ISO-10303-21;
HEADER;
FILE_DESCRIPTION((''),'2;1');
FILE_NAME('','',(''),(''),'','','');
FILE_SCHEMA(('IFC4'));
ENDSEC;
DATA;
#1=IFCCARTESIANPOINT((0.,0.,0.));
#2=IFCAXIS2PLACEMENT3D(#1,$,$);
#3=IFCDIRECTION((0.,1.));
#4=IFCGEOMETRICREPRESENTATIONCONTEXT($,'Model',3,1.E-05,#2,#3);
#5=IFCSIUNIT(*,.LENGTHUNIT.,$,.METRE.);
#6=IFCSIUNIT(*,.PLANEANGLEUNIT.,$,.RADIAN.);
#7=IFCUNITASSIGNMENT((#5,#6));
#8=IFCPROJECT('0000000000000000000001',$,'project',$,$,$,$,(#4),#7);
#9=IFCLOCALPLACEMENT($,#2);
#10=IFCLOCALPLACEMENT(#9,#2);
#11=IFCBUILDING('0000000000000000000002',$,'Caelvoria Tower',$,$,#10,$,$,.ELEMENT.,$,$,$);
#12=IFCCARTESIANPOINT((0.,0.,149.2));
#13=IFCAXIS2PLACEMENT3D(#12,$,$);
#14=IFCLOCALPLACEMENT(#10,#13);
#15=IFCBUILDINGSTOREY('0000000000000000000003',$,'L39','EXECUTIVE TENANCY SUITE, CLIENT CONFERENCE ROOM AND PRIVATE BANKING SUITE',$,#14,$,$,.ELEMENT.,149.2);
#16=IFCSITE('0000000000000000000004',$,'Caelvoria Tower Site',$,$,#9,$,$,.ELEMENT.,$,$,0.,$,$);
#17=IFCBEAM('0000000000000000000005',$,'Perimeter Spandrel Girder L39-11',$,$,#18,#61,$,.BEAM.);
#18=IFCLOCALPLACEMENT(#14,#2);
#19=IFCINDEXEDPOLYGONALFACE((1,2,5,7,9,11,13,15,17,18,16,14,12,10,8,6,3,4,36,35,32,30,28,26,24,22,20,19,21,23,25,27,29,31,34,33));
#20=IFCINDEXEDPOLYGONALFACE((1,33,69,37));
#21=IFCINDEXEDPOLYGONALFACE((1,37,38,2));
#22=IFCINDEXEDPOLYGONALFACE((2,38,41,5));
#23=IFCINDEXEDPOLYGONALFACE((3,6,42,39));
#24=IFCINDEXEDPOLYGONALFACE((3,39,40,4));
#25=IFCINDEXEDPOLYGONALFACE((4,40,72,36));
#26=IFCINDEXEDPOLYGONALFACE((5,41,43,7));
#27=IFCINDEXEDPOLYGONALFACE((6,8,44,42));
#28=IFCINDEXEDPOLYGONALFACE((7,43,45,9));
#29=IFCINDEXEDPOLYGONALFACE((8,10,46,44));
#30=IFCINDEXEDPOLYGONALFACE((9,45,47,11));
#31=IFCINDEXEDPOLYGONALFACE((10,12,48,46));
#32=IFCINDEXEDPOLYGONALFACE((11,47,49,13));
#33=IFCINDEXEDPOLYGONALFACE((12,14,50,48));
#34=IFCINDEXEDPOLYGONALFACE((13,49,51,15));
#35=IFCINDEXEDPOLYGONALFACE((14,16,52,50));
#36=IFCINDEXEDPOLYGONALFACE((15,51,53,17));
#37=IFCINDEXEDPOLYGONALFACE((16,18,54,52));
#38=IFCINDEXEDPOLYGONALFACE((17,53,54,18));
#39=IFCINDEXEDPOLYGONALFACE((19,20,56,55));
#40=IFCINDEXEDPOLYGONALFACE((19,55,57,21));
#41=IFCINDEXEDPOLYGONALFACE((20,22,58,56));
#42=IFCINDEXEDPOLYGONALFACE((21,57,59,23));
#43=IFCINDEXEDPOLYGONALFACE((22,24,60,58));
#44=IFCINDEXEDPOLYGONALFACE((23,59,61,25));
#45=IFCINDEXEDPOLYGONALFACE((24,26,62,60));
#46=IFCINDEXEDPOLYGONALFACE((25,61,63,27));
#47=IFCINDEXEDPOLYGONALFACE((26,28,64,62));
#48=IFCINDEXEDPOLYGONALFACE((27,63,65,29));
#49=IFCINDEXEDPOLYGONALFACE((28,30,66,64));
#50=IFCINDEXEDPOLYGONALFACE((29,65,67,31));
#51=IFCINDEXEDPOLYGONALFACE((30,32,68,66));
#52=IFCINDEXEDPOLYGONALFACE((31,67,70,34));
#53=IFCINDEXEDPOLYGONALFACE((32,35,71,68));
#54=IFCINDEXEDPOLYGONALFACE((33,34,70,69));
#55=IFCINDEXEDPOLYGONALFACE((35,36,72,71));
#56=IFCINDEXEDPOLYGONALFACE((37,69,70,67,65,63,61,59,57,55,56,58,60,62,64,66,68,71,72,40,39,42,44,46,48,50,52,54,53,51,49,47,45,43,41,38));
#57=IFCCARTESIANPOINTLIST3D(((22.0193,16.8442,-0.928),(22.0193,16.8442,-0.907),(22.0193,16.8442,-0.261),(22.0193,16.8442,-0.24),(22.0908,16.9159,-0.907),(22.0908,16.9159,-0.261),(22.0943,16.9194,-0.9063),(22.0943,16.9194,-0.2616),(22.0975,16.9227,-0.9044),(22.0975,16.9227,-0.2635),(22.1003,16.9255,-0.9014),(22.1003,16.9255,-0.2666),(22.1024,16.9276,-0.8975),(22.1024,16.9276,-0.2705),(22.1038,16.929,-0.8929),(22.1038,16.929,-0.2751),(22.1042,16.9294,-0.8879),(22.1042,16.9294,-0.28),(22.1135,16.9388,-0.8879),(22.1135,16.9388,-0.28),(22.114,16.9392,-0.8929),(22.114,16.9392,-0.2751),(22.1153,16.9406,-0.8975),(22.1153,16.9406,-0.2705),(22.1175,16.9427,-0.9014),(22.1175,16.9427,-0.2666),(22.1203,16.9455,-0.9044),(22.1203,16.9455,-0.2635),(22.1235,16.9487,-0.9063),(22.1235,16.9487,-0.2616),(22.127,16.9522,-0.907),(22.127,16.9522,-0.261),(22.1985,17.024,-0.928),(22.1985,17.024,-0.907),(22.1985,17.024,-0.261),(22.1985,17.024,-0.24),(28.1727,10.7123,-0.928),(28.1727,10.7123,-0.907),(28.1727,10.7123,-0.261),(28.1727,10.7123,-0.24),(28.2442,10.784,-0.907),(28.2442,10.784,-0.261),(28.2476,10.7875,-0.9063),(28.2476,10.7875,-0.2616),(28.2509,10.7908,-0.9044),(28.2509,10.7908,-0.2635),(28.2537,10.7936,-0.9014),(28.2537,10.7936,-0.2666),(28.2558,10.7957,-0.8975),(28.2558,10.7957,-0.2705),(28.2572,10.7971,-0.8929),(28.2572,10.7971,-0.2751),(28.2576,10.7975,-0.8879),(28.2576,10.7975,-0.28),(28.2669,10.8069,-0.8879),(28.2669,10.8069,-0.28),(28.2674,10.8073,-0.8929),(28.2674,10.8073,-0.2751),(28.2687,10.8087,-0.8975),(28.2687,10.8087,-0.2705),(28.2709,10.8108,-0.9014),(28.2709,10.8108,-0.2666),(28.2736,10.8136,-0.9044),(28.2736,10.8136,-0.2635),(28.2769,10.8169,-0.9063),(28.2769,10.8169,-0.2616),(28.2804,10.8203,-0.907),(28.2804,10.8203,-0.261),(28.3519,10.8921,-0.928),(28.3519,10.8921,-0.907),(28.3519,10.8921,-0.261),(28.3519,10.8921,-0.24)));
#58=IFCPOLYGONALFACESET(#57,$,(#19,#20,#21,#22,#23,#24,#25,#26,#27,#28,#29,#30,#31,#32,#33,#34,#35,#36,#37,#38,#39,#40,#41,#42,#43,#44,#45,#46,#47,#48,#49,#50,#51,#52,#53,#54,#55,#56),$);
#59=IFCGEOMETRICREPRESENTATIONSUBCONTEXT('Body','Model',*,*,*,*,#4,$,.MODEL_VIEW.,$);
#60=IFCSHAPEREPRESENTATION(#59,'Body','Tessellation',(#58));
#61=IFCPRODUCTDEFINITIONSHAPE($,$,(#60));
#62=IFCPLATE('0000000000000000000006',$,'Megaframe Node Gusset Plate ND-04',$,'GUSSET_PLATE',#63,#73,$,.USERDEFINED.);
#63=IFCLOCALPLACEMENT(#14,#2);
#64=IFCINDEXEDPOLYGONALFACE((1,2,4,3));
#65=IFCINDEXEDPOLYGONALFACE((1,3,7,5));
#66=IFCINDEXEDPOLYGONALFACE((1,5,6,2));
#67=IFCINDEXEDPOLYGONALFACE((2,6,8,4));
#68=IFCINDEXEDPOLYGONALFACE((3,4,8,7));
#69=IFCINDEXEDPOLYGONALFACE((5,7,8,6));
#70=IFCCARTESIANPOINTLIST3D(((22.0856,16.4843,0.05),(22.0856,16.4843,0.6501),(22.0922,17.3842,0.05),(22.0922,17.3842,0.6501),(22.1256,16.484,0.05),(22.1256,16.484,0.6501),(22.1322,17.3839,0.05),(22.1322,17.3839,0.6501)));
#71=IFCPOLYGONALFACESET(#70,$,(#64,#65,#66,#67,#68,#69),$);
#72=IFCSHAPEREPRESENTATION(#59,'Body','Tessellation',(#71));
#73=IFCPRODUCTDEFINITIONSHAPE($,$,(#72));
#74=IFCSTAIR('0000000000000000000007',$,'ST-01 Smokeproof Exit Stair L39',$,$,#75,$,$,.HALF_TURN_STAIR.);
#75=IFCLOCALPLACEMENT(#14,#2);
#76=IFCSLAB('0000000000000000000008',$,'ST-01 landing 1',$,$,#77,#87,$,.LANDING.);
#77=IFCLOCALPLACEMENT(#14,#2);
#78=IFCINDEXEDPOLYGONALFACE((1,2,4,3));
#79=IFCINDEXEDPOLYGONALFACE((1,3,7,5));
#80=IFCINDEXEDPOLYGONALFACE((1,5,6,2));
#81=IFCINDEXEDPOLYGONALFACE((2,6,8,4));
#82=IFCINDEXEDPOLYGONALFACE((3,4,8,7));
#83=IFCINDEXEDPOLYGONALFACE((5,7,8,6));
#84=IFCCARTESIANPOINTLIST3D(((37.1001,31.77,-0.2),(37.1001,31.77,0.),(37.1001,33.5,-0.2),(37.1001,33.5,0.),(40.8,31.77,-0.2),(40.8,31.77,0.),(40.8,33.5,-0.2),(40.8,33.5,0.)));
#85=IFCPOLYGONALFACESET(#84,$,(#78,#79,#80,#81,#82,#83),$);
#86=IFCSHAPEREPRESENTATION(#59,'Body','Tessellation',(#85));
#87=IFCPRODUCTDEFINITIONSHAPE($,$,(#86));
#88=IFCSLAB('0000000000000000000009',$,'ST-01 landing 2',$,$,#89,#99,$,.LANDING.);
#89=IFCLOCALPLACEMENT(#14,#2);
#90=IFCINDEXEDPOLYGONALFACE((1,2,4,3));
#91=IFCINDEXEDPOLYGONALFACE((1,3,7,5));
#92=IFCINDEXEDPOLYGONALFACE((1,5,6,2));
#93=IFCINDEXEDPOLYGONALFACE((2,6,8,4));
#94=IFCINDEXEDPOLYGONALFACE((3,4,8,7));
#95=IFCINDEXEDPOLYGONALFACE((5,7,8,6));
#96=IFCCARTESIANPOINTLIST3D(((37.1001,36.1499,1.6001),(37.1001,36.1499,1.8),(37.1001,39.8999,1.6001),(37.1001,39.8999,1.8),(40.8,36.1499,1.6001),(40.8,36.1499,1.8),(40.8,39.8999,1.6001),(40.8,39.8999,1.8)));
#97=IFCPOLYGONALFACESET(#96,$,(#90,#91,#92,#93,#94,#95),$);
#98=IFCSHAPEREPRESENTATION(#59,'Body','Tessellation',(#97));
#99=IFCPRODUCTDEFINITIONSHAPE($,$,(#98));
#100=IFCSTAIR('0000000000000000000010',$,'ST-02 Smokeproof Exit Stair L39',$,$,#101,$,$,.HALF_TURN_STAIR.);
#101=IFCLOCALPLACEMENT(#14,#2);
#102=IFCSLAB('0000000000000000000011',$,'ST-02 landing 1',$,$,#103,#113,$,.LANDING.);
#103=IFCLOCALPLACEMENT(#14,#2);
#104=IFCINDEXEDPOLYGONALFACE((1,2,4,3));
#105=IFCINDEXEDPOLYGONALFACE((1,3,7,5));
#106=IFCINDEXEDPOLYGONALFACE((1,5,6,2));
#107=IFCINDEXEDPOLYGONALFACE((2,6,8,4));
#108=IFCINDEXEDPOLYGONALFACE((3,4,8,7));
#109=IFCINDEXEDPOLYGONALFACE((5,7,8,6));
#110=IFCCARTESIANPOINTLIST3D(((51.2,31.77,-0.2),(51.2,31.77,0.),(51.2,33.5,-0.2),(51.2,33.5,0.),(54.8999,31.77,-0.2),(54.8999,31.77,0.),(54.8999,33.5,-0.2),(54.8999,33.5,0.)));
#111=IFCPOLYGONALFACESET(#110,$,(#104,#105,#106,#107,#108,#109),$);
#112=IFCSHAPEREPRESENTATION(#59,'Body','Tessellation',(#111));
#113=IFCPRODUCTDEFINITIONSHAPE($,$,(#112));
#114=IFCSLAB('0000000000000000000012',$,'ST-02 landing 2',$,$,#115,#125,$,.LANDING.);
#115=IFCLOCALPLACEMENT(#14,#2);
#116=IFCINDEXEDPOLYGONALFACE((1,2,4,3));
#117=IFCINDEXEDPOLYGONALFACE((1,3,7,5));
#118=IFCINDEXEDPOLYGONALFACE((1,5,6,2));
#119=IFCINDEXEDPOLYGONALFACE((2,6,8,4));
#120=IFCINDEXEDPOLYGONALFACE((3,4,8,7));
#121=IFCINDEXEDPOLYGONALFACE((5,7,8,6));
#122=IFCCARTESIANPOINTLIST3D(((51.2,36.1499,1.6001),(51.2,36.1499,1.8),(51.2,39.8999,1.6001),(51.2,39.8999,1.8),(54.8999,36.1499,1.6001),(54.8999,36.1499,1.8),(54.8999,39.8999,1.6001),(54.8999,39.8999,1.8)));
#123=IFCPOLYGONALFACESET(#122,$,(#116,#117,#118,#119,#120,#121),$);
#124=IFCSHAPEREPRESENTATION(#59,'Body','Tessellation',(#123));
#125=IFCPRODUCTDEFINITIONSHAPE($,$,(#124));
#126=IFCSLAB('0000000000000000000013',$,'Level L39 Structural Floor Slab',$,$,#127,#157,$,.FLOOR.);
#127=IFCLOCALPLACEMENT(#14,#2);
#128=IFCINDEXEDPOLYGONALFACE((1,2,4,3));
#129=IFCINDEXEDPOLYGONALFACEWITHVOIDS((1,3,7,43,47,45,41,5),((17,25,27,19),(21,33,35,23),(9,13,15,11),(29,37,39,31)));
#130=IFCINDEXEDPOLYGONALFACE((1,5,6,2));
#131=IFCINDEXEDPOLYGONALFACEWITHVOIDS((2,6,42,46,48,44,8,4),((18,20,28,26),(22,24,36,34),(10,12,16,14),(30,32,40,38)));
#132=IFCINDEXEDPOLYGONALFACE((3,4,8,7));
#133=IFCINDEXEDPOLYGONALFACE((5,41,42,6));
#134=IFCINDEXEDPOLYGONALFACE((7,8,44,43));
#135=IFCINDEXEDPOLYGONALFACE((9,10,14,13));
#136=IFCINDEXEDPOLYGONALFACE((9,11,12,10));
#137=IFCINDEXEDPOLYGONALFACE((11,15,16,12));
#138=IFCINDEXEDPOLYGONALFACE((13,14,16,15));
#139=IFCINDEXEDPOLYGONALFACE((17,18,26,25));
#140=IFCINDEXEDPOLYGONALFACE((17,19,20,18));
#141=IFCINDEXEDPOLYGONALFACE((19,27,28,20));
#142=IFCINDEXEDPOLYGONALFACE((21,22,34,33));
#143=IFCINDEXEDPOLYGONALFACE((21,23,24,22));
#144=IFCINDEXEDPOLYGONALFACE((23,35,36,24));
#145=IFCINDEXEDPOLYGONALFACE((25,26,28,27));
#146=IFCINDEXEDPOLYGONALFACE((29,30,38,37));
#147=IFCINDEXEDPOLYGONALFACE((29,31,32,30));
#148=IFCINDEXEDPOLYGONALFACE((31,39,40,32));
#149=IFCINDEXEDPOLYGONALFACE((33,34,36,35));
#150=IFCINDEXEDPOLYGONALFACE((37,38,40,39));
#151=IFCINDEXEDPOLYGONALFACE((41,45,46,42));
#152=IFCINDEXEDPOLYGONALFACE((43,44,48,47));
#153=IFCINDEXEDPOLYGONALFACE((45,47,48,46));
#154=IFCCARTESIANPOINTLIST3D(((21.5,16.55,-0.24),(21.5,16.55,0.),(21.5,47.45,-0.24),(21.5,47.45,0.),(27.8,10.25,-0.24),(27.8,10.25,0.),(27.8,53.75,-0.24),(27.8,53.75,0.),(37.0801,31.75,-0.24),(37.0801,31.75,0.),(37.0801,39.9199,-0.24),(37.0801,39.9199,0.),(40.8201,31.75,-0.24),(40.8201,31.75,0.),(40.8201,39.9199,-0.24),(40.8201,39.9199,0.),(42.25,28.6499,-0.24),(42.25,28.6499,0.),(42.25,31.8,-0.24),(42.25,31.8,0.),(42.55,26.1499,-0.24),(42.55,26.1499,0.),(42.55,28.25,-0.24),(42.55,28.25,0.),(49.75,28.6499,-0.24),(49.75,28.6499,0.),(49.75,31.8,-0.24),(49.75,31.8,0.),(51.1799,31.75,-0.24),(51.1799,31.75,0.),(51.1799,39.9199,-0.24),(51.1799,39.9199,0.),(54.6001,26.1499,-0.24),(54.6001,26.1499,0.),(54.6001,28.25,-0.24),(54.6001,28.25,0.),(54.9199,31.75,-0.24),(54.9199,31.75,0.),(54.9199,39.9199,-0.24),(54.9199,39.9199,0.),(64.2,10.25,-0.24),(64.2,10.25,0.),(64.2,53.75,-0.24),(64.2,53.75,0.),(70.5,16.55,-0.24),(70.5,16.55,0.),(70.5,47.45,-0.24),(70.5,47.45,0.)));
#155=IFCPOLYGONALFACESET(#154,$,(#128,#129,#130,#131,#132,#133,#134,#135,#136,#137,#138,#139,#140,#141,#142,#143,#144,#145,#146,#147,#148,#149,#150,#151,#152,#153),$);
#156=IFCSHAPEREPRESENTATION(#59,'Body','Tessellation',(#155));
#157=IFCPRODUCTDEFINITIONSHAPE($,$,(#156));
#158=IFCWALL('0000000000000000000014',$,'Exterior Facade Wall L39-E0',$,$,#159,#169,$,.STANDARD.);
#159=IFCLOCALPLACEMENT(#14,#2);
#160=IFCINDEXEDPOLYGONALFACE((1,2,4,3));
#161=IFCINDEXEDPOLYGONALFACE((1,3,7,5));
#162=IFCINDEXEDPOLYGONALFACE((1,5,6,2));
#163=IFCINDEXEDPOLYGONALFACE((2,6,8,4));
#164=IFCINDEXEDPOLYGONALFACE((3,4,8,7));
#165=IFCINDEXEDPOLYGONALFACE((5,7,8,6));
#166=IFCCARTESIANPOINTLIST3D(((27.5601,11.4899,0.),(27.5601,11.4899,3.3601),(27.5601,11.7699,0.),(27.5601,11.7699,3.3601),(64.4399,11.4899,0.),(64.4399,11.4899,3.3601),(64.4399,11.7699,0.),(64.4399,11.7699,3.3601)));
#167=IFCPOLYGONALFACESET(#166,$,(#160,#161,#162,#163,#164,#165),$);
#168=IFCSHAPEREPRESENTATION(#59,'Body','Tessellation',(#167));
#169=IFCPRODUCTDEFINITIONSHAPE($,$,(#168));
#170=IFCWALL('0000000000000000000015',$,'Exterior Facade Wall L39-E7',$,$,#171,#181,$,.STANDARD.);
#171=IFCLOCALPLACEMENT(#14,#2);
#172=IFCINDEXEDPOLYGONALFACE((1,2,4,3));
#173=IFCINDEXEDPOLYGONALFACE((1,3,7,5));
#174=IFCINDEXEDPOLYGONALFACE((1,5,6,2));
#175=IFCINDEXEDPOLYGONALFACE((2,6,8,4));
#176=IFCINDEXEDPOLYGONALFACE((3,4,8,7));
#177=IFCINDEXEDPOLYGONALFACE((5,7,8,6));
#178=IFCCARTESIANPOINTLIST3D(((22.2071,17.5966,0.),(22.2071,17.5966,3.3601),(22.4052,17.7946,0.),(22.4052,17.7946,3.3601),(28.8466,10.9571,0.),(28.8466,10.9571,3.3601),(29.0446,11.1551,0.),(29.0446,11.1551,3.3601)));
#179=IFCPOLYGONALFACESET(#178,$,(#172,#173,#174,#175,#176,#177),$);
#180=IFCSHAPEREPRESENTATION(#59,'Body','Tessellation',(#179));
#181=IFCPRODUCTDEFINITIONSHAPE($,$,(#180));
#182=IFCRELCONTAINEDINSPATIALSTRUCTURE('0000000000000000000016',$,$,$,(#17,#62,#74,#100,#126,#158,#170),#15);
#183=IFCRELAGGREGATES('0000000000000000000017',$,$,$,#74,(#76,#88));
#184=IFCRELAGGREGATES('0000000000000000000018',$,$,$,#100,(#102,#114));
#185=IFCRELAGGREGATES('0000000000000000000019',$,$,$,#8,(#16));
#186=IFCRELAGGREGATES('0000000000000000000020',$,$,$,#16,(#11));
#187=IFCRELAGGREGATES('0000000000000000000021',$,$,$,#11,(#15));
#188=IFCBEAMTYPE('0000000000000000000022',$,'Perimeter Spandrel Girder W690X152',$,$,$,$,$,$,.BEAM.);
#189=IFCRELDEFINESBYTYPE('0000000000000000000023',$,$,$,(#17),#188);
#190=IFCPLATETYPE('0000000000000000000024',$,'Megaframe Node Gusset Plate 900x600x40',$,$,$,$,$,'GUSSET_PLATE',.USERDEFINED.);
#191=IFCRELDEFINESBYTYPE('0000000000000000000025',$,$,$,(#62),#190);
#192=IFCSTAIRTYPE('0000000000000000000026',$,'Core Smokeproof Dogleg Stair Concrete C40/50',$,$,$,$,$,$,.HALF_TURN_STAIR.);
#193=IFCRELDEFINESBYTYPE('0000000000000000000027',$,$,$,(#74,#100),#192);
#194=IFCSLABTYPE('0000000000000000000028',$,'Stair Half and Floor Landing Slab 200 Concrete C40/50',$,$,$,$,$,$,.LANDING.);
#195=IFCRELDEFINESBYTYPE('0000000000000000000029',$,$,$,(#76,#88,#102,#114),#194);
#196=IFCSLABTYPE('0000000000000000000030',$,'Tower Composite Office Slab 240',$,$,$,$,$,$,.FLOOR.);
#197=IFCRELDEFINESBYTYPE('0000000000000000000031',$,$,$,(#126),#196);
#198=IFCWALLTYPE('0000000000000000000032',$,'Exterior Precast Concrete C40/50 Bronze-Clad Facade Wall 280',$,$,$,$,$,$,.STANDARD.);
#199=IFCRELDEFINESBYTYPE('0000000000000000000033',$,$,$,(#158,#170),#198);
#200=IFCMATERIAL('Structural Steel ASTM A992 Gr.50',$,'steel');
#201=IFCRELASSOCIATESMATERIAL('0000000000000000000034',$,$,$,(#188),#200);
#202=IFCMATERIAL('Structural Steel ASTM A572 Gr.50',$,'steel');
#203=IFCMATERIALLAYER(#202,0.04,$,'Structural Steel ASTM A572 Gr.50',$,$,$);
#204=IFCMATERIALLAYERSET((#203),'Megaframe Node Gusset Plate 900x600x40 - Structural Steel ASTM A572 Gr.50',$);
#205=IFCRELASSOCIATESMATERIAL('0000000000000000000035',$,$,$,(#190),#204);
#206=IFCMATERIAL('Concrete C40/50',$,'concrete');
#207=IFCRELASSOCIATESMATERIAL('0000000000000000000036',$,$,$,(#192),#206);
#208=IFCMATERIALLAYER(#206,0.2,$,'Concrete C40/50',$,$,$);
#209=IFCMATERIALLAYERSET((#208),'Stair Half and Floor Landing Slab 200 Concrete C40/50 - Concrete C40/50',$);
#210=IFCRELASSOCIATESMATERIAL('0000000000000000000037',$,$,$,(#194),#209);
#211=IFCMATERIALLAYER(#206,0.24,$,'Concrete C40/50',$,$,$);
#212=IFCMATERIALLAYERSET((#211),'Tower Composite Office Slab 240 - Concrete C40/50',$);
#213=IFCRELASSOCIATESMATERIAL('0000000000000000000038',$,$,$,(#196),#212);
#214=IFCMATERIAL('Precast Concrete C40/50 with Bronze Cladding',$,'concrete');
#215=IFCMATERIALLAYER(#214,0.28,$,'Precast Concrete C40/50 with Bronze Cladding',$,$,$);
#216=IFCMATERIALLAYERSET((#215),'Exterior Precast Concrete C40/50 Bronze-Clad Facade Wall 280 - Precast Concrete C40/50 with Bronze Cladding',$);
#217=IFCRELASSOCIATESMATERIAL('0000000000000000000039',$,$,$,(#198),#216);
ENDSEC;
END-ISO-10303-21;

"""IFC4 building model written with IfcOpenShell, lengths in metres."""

from ifc_helpers import new_model, si_unit, direction, frame, frame_2d, origin, origin_2d, place, context, subcontext, project, spatial, polyline, rectangle, i_section, outline, extrude, material, layer, layer_set, material_profile, profile_set, type_object, element, aggregate, save


model = new_model("IFC4")

# Units and contexts
model_context = context("Model", 3, precision=1e-05, world=origin(), true_north=direction((0.0, 1.0)))
body_context = subcontext(model_context, "Body", "Model", "MODEL_VIEW")
ifc_project = project(units=[si_unit("LENGTHUNIT", "METRE"), si_unit("PLANEANGLEUNIT", "RADIAN")], contexts=[model_context])

# Site, building, storey
site_placement = place(None, origin())
site = spatial("IfcSite", under=ifc_project, at=site_placement, Name="Caelvoria Tower Site", CompositionType="ELEMENT", RefElevation=0.0)
building_placement = place(site_placement, origin())
building = spatial("IfcBuilding", under=site, at=building_placement, Name="Caelvoria Tower", CompositionType="ELEMENT")
storey_placement = place(building_placement, frame((0.0, 0.0, 149.2)))
storey = spatial("IfcBuildingStorey", under=building, at=storey_placement, Name="L39", Description="EXECUTIVE TENANCY SUITE, CLIENT CONFERENCE ROOM AND PRIVATE BANKING SUITE", CompositionType="ELEMENT", Elevation=149.2)

# Shared definitions
ifc_material_1 = material(Name="Structural Steel ASTM A572 Gr.50", Category="steel")
ifc_material_2 = material(Name="Structural Steel ASTM A992 Gr.50", Category="steel")

# Beam
ifc_material_profile_1 = material_profile(ifc_material_2, i_section(OverallWidth=0.2539, OverallDepth=0.688, WebThickness=0.0132, FlangeThickness=0.021, FilletRadius=0.019, at=origin_2d()), Name="Structural Steel ASTM A992 Gr.50")
ifc_profile_set_1 = profile_set([ifc_material_profile_1], Name="W690X152 - Structural Steel ASTM A992 Gr.50")
beam_type = type_object("IfcBeamType", Name="Perimeter Spandrel Girder W690X152", PredefinedType="BEAM", material=ifc_profile_set_1)
beam_1_placement = place(storey_placement, frame((22.1089, 16.9341, -0.584), z_axis=(0.708342, -0.705869, 0.0), x_axis=(0.705869, 0.708342, 0.0)))
element("IfcBeam", 1, at=beam_1_placement, inside=storey, type_object=beam_type, Name="Perimeter Spandrel Girder L39-11", PredefinedType="BEAM", context=body_context, shape_type="SweptSolid", body=[
    extrude(i_section(OverallWidth=0.2539, OverallDepth=0.688, WebThickness=0.0132, FlangeThickness=0.021, FilletRadius=0.019, at=origin_2d()), origin(), (0.0, 0.0, 1.0), 8.687),
])

# Plate
ifc_layer_1 = layer(ifc_material_1, 0.04, Name="Structural Steel ASTM A572 Gr.50")
ifc_layer_set_1 = layer_set([ifc_layer_1], Name="Megaframe Node Gusset Plate 900x600x40 - Structural Steel ASTM A572 Gr.50")
plate_type = type_object("IfcPlateType", Name="Megaframe Node Gusset Plate 900x600x40", ElementType="GUSSET_PLATE", PredefinedType="USERDEFINED", material=ifc_layer_set_1)
plate_placement = place(storey_placement, frame((22.1089, 16.9341, 0.05), z_axis=(0.0, 0.0, 1.0), x_axis=(0.007367, 0.999973, 0.0)))
element("IfcPlate", 2, at=plate_placement, inside=storey, type_object=plate_type, Name="Megaframe Node Gusset Plate ND-04", ObjectType="GUSSET_PLATE", PredefinedType="USERDEFINED", context=body_context, shape_type="SweptSolid", body=[
    extrude(rectangle(XDim=0.8999, YDim=0.04, at=origin_2d()), origin(), (0.0, 0.0, 1.0), 0.6001),
])

# Stairs, slabs
ifc_material_3 = material(Name="Concrete C40/50", Category="concrete")
stair_type = type_object("IfcStairType", Name="Core Smokeproof Dogleg Stair Concrete C40/50", PredefinedType="HALF_TURN_STAIR", material=ifc_material_3)
stair_1_placement = place(storey_placement, origin())
stair_1 = element("IfcStair", 3, at=stair_1_placement, inside=storey, type_object=stair_type, Name="ST-01 Smokeproof Exit Stair L39", PredefinedType="HALF_TURN_STAIR")
ifc_layer_2 = layer(ifc_material_3, 0.2, Name="Concrete C40/50")
ifc_layer_set_2 = layer_set([ifc_layer_2], Name="Stair Half and Floor Landing Slab 200 Concrete C40/50 - Concrete C40/50")
slab_type_1 = type_object("IfcSlabType", Name="Stair Half and Floor Landing Slab 200 Concrete C40/50", PredefinedType="LANDING", material=ifc_layer_set_2)
slab_1_placement = place(storey_placement, frame((0.0, 0.0, -0.2)))
slab_1 = element("IfcSlab", 4, at=slab_1_placement, type_object=slab_type_1, Name="ST-01 landing 1", PredefinedType="LANDING", context=body_context, shape_type="SweptSolid", body=[
    extrude(outline(polyline([(37.1001, 31.77), (40.8, 31.77), (40.8, 33.5), (37.1001, 33.5), (37.1001, 31.77)])), origin(), (0.0, 0.0, 1.0), 0.2),
])
slab_2_placement = place(storey_placement, frame((0.0, 0.0, 1.6001)))
slab_2 = element("IfcSlab", 5, at=slab_2_placement, type_object=slab_type_1, Name="ST-01 landing 2", PredefinedType="LANDING", context=body_context, shape_type="SweptSolid", body=[
    extrude(outline(polyline([(37.1001, 36.1499), (40.8, 36.1499), (40.8, 39.8999), (37.1001, 39.8999), (37.1001, 36.1499)])), origin(), (0.0, 0.0, 1.0), 0.2),
])
aggregate(stair_1, [slab_1, slab_2])
stair_2_placement = place(storey_placement, origin())
stair_2 = element("IfcStair", 6, at=stair_2_placement, inside=storey, type_object=stair_type, Name="ST-02 Smokeproof Exit Stair L39", PredefinedType="HALF_TURN_STAIR")
slab_3_placement = place(storey_placement, frame((0.0, 0.0, -0.2)))
slab_3 = element("IfcSlab", 7, at=slab_3_placement, type_object=slab_type_1, Name="ST-02 landing 1", PredefinedType="LANDING", context=body_context, shape_type="SweptSolid", body=[
    extrude(outline(polyline([(51.2, 31.77), (54.8999, 31.77), (54.8999, 33.5), (51.2, 33.5), (51.2, 31.77)])), origin(), (0.0, 0.0, 1.0), 0.2),
])
slab_4_placement = place(storey_placement, frame((0.0, 0.0, 1.6001)))
slab_4 = element("IfcSlab", 8, at=slab_4_placement, type_object=slab_type_1, Name="ST-02 landing 2", PredefinedType="LANDING", context=body_context, shape_type="SweptSolid", body=[
    extrude(outline(polyline([(51.2, 36.1499), (54.8999, 36.1499), (54.8999, 39.8999), (51.2, 39.8999), (51.2, 36.1499)])), origin(), (0.0, 0.0, 1.0), 0.2),
])
aggregate(stair_2, [slab_3, slab_4])

# Slab
ifc_layer_3 = layer(ifc_material_3, 0.24, Name="Concrete C40/50")
ifc_layer_set_3 = layer_set([ifc_layer_3], Name="Tower Composite Office Slab 240 - Concrete C40/50")
slab_type_2 = type_object("IfcSlabType", Name="Tower Composite Office Slab 240", PredefinedType="FLOOR", material=ifc_layer_set_3)
slab_5_placement = place(storey_placement, frame((0.0, 0.0, -0.24)))
element("IfcSlab", 9, at=slab_5_placement, inside=storey, type_object=slab_type_2, Name="Level L39 Structural Floor Slab", PredefinedType="FLOOR", context=body_context, shape_type="SweptSolid", body=[
    extrude(outline(polyline([(27.8, 10.25), (64.2, 10.25), (70.5, 16.55), (70.5, 47.45), (64.2, 53.75), (27.8, 53.75), (21.5, 47.45), (21.5, 16.55), (27.8, 10.25)]), holes=[polyline([(37.0801, 31.75), (40.8201, 31.75), (40.8201, 39.9199), (37.0801, 39.9199), (37.0801, 31.75)]), polyline([(51.1799, 31.75), (54.9199, 31.75), (54.9199, 39.9199), (51.1799, 39.9199), (51.1799, 31.75)]), polyline([(42.25, 28.6499), (49.75, 28.6499), (49.75, 31.8), (42.25, 31.8), (42.25, 28.6499)]), polyline([(42.55, 26.1499), (54.6001, 26.1499), (54.6001, 28.25), (42.55, 28.25), (42.55, 26.1499)])]), origin(), (0.0, 0.0, 1.0), 0.24),
])

# Walls
ifc_material_4 = material(Name="Precast Concrete C40/50 with Bronze Cladding", Category="concrete")
ifc_layer_4 = layer(ifc_material_4, 0.28, Name="Precast Concrete C40/50 with Bronze Cladding")
ifc_layer_set_4 = layer_set([ifc_layer_4], Name="Exterior Precast Concrete C40/50 Bronze-Clad Facade Wall 280 - Precast Concrete C40/50 with Bronze Cladding")
wall_type = type_object("IfcWallType", Name="Exterior Precast Concrete C40/50 Bronze-Clad Facade Wall 280", PredefinedType="STANDARD", material=ifc_layer_set_4)
wall_1_placement = place(storey_placement, frame((27.5601, 11.6299, 0.0), z_axis=(0.0, 0.0, 1.0), x_axis=(1.0, 0.0, 0.0)))
element("IfcWall", 10, at=wall_1_placement, inside=storey, type_object=wall_type, Name="Exterior Facade Wall L39-E0", PredefinedType="STANDARD", context=body_context, shape_type="SweptSolid", body=[
    extrude(rectangle(XDim=36.8799, YDim=0.28, at=frame_2d((18.4399, 0.0))), origin(), (0.0, 0.0, 1.0), 3.3601),
])
wall_2_placement = place(storey_placement, frame((22.3062, 17.6956, 0.0), z_axis=(0.0, 0.0, 1.0), x_axis=(0.707107, -0.707107, 0.0)))
element("IfcWall", 11, at=wall_2_placement, inside=storey, type_object=wall_type, Name="Exterior Facade Wall L39-E7", PredefinedType="STANDARD", context=body_context, shape_type="SweptSolid", body=[
    extrude(rectangle(XDim=9.3896, YDim=0.28, at=frame_2d((4.6948, 0.0))), origin(), (0.0, 0.0, 1.0), 3.3601),
])

save(model, "model.ifc")
